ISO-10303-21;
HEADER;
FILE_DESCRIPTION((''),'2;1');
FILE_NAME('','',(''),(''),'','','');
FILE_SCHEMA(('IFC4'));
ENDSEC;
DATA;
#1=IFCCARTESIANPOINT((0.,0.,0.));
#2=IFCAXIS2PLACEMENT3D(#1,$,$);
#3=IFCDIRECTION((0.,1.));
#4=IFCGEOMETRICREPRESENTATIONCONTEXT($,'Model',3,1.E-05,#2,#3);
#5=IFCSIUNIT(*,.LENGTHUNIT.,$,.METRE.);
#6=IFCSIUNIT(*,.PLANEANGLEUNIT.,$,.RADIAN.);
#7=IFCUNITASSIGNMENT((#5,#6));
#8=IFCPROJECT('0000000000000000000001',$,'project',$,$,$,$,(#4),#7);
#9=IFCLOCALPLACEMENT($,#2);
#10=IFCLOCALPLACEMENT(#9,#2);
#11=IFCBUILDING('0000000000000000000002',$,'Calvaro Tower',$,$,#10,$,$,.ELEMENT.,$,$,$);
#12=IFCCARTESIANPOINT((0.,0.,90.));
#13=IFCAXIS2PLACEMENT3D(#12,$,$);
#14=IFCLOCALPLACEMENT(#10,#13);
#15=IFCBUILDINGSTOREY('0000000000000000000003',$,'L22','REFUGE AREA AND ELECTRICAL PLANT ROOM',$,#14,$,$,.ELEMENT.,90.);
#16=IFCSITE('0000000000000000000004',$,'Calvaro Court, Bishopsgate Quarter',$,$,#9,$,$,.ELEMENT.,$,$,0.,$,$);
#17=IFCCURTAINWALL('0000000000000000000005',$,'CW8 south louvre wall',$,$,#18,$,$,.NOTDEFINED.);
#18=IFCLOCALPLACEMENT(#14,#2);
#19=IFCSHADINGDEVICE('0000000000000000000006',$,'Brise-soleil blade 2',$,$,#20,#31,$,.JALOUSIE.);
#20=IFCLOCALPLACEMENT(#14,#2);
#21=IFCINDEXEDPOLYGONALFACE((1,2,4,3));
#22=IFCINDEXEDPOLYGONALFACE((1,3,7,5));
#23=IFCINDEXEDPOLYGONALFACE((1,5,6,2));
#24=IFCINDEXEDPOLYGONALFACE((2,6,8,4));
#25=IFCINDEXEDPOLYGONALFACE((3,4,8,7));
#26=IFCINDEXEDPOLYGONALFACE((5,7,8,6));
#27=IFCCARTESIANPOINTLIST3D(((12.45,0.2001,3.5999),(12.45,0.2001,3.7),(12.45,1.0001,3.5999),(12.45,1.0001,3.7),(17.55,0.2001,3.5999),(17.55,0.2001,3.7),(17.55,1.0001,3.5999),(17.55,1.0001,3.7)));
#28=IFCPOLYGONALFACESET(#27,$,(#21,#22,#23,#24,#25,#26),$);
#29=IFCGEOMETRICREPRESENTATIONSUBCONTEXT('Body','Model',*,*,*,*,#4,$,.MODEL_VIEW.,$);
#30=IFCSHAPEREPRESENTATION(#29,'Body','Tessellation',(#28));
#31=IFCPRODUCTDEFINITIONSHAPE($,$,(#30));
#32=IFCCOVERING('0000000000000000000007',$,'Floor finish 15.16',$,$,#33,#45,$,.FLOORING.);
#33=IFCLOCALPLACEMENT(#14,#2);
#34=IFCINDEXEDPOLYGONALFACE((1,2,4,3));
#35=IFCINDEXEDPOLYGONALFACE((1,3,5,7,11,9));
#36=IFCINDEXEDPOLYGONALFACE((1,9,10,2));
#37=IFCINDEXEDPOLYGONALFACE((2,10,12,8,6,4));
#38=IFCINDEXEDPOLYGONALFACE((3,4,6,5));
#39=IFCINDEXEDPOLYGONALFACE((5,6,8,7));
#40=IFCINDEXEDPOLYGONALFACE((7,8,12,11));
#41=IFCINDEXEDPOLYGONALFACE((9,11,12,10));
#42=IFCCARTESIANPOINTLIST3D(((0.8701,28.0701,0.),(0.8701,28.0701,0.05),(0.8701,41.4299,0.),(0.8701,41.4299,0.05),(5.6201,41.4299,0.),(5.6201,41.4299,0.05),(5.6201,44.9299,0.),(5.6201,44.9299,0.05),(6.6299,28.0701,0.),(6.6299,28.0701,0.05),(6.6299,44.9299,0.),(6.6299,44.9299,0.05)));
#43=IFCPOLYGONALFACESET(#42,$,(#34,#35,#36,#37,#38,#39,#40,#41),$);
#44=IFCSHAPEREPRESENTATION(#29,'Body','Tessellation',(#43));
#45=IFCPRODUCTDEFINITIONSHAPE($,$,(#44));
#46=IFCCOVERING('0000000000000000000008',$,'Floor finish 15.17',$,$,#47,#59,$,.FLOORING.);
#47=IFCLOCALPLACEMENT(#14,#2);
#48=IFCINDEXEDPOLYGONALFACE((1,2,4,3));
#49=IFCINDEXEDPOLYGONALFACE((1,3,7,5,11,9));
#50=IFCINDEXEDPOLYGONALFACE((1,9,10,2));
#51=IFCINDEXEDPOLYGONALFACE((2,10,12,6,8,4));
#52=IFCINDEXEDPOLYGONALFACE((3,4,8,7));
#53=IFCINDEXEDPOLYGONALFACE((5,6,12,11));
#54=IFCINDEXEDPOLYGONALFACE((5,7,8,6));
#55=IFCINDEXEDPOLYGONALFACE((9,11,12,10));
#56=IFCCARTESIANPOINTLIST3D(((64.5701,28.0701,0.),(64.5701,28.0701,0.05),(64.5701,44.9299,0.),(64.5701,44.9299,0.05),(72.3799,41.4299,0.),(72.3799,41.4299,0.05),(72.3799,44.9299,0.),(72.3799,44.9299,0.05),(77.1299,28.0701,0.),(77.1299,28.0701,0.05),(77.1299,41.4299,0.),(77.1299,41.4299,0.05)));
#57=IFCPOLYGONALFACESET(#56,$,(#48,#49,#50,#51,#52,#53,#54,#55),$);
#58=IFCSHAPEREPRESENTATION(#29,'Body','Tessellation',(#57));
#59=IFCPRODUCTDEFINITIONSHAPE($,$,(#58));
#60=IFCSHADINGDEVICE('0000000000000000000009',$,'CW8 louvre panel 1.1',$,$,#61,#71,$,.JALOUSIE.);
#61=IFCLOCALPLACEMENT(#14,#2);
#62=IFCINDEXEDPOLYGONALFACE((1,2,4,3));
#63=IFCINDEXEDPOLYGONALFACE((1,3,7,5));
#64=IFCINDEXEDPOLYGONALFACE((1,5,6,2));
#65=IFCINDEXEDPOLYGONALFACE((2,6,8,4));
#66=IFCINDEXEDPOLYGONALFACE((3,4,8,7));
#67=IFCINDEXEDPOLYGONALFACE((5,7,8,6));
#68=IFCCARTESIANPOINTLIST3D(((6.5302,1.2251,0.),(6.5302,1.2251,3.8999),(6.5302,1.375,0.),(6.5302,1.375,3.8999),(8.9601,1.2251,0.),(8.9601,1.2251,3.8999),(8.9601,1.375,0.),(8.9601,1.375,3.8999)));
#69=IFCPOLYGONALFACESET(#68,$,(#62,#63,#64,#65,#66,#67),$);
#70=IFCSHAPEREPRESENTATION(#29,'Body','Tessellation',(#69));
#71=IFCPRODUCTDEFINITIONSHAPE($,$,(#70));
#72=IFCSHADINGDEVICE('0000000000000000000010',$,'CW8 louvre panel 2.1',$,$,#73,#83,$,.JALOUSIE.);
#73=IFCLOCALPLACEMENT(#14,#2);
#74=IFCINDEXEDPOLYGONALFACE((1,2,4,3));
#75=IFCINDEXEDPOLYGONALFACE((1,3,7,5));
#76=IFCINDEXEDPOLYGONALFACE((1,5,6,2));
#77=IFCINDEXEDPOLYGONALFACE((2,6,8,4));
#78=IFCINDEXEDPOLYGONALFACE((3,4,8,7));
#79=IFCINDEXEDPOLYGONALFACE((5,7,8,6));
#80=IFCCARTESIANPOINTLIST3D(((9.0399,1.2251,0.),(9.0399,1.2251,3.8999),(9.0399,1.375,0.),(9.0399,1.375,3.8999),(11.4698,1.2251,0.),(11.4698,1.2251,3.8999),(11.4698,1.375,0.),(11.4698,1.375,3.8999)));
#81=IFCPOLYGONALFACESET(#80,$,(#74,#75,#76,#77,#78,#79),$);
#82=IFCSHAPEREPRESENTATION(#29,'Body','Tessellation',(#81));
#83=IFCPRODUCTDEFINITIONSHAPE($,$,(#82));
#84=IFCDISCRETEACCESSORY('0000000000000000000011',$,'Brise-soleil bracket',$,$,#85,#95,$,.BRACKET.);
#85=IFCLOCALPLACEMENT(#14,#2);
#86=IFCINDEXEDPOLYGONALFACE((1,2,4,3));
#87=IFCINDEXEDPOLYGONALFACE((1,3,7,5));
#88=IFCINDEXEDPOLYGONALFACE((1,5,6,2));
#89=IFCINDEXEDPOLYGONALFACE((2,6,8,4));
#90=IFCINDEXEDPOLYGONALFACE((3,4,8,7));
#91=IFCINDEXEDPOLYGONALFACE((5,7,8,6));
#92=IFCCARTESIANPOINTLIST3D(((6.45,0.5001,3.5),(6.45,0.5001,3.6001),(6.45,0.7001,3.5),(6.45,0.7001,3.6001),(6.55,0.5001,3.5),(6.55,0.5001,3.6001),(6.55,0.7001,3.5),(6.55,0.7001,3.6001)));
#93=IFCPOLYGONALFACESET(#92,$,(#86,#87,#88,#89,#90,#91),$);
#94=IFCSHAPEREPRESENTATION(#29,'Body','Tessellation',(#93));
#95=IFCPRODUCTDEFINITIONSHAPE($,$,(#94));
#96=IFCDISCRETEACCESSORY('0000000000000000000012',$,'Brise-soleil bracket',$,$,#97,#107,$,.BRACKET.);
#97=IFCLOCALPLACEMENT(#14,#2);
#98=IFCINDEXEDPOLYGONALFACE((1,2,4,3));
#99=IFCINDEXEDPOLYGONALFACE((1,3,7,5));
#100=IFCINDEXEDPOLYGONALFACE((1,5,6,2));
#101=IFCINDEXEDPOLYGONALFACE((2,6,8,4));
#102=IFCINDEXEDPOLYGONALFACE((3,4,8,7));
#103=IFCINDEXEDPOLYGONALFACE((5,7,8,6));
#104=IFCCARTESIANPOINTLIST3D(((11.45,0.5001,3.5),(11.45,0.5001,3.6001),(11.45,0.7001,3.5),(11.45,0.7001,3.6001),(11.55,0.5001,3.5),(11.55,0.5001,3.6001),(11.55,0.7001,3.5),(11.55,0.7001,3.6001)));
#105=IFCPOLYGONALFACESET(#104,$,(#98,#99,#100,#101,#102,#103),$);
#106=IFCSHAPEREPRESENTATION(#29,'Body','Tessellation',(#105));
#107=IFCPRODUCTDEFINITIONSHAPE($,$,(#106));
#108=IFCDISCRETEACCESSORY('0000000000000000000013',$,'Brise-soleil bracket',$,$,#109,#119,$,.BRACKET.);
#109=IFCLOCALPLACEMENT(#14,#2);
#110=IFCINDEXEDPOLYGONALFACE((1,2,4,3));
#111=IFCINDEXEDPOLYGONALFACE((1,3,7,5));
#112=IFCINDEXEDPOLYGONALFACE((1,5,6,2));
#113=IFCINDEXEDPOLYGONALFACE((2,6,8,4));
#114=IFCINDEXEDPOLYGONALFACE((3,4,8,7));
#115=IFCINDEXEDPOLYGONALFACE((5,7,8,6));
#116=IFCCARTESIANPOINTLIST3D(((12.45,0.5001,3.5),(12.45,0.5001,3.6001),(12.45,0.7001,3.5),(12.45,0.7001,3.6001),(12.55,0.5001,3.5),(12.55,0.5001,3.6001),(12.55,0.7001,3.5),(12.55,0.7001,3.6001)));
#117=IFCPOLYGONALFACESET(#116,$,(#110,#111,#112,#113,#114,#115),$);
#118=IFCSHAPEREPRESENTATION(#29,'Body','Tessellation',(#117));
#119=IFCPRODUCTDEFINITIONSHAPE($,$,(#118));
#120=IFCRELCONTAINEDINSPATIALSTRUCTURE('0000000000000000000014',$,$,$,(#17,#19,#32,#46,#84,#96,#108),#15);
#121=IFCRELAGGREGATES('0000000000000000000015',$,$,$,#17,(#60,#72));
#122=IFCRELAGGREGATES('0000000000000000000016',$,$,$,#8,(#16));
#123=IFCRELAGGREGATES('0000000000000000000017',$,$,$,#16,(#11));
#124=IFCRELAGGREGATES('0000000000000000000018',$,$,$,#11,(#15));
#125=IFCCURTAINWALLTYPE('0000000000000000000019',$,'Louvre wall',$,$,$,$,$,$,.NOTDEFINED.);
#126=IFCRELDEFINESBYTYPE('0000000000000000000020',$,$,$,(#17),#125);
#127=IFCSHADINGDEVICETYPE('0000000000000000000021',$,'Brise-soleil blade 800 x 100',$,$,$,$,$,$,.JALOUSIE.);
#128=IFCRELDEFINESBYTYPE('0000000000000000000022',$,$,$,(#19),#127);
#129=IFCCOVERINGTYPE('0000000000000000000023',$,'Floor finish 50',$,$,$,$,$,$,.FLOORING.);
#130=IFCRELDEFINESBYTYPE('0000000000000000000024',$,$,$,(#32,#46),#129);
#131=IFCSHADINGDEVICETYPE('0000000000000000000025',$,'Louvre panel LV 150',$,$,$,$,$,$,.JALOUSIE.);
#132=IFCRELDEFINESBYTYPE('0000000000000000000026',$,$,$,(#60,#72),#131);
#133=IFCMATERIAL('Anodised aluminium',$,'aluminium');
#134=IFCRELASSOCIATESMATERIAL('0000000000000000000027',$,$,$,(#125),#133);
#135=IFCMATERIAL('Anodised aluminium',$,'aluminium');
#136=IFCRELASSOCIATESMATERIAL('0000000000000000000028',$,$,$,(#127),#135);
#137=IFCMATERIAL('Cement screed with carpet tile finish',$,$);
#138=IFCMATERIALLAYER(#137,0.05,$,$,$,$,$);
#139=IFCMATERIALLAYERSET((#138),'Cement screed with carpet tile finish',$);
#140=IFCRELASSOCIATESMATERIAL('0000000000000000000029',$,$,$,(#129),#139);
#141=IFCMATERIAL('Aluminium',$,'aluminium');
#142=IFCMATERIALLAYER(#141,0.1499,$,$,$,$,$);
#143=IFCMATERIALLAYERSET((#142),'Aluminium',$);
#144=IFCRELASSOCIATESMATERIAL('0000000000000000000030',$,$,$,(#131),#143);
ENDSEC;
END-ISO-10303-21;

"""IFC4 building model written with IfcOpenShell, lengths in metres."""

from ifc_helpers import new_model, si_unit, direction, frame, origin, origin_2d, place, context, subcontext, project, spatial, polyline, rectangle, outline, extrude, material, layer, layer_set, material_profile, profile_set, type_object, element, aggregate, save


model = new_model("IFC4")

# Units and contexts
model_context = context("Model", 3, precision=1e-05, world=origin(), true_north=direction((0.0, 1.0)))
body_context = subcontext(model_context, "Body", "Model", "MODEL_VIEW")
ifc_project = project(units=[si_unit("LENGTHUNIT", "METRE"), si_unit("PLANEANGLEUNIT", "RADIAN")], contexts=[model_context])

# Site, building, storey
site_placement = place(None, origin())
site = spatial("IfcSite", under=ifc_project, at=site_placement, Name="Calvaro Court, Bishopsgate Quarter", CompositionType="ELEMENT", RefElevation=0.0)
building_placement = place(site_placement, origin())
building = spatial("IfcBuilding", under=site, at=building_placement, Name="Calvaro Tower", CompositionType="ELEMENT")
storey_placement = place(building_placement, frame((0.0, 0.0, 90.0)))
storey = spatial("IfcBuildingStorey", under=building, at=storey_placement, Name="L22", Description="REFUGE AREA AND ELECTRICAL PLANT ROOM", CompositionType="ELEMENT", Elevation=90.0)

# Curtain wall
ifc_material_1 = material(Name="Anodised aluminium", Category="aluminium")
curtain_wall_type = type_object("IfcCurtainWallType", Name="Louvre wall", PredefinedType="NOTDEFINED", material=ifc_material_1)
curtain_wall_1_placement = place(storey_placement, origin())
curtain_wall_1 = element("IfcCurtainWall", 1, at=curtain_wall_1_placement, inside=storey, type_object=curtain_wall_type, Name="CW8 south louvre wall", PredefinedType="NOTDEFINED")

# Shading device
ifc_material_2 = material(Name="Anodised aluminium", Category="aluminium")
ifc_material_profile_1 = material_profile(ifc_material_2, rectangle(XDim=0.8, YDim=0.1001, at=origin_2d()), Name="Brise-soleil blade 800 x 100")
ifc_profile_set_1 = profile_set([ifc_material_profile_1], Name="Anodised aluminium")
shading_device_type_1 = type_object("IfcShadingDeviceType", Name="Brise-soleil blade 800 x 100", PredefinedType="JALOUSIE", material=ifc_profile_set_1)
for number, where, z_axis, x_axis, name in (
    (2, (12.45, 0.6001, 3.6499), (1.0, 0.0, 0.0), (0.0, 1.0, 0.0), "Brise-soleil blade 2"),
):
    element("IfcShadingDevice", number, at=place(storey_placement, frame(where, z_axis=z_axis, x_axis=x_axis)), inside=storey, type_object=shading_device_type_1, Name=name, PredefinedType="JALOUSIE", context=body_context, shape_type="SweptSolid", body=[
        extrude(rectangle(XDim=0.8, YDim=0.1001, at=origin_2d()), origin(), (0.0, 0.0, 1.0), 5.1001),
    ])

# Coverings
ifc_material_3 = material(Name="Cement screed with carpet tile finish")
ifc_layer_1 = layer(ifc_material_3, 0.05)
ifc_layer_set_1 = layer_set([ifc_layer_1], Name="Cement screed with carpet tile finish")
covering_type = type_object("IfcCoveringType", Name="Floor finish 50", PredefinedType="FLOORING", material=ifc_layer_set_1)
covering_1_placement = place(storey_placement, origin())
element("IfcCovering", 3, at=covering_1_placement, inside=storey, type_object=covering_type, Name="Floor finish 15.16", PredefinedType="FLOORING", context=body_context, shape_type="SweptSolid", body=[
    extrude(outline(polyline([(6.6299, 28.0701), (0.8701, 28.0701), (0.8701, 41.4299), (5.6201, 41.4299), (5.6201, 44.9299), (6.6299, 44.9299), (6.6299, 28.0701)])), origin(), (0.0, 0.0, 1.0), 0.05),
])
covering_2_placement = place(storey_placement, origin())
element("IfcCovering", 4, at=covering_2_placement, inside=storey, type_object=covering_type, Name="Floor finish 15.17", PredefinedType="FLOORING", context=body_context, shape_type="SweptSolid", body=[
    extrude(outline(polyline([(77.1299, 28.0701), (64.5701, 28.0701), (64.5701, 44.9299), (72.3799, 44.9299), (72.3799, 41.4299), (77.1299, 41.4299), (77.1299, 28.0701)])), origin(), (0.0, 0.0, 1.0), 0.05),
])

# Shading devices
ifc_material_4 = material(Name="Aluminium", Category="aluminium")
ifc_layer_2 = layer(ifc_material_4, 0.1499)
ifc_layer_set_2 = layer_set([ifc_layer_2], Name="Aluminium")
shading_device_type_2 = type_object("IfcShadingDeviceType", Name="Louvre panel LV 150", PredefinedType="JALOUSIE", material=ifc_layer_set_2)
shading_device_1_placement = place(storey_placement, frame((7.7451, 1.3, 0.0), z_axis=(0.0, 0.0, 1.0), x_axis=(1.0, 0.0, 0.0)))
shading_device_1 = element("IfcShadingDevice", 5, at=shading_device_1_placement, type_object=shading_device_type_2, Name="CW8 louvre panel 1.1", PredefinedType="JALOUSIE", context=body_context, shape_type="SweptSolid", body=[
    extrude(rectangle(XDim=2.4299, YDim=0.1499, at=origin_2d()), origin(), (0.0, 0.0, 1.0), 3.8999),
])
shading_device_2_placement = place(storey_placement, frame((10.2549, 1.3, 0.0), z_axis=(0.0, 0.0, 1.0), x_axis=(1.0, 0.0, 0.0)))
shading_device_2 = element("IfcShadingDevice", 6, at=shading_device_2_placement, type_object=shading_device_type_2, Name="CW8 louvre panel 2.1", PredefinedType="JALOUSIE", context=body_context, shape_type="SweptSolid", body=[
    extrude(rectangle(XDim=2.4299, YDim=0.1499, at=origin_2d()), origin(), (0.0, 0.0, 1.0), 3.8999),
])
aggregate(curtain_wall_1, [shading_device_1, shading_device_2])

# Discrete accessories
for number, where, z_axis, x_axis, name in (
    (7, (6.5, 0.6001, 3.5), (0.0, 0.0, 1.0), (1.0, 0.0, 0.0), "Brise-soleil bracket"),
    (8, (11.5, 0.6001, 3.5), (0.0, 0.0, 1.0), (1.0, 0.0, 0.0), "Brise-soleil bracket"),
    (9, (12.5, 0.6001, 3.5), (0.0, 0.0, 1.0), (1.0, 0.0, 0.0), "Brise-soleil bracket"),
):
    element("IfcDiscreteAccessory", number, at=place(storey_placement, frame(where, z_axis=z_axis, x_axis=x_axis)), inside=storey, Name=name, PredefinedType="BRACKET", context=body_context, shape_type="SweptSolid", body=[
        extrude(rectangle(XDim=0.1001, YDim=0.2, at=origin_2d()), origin(), (0.0, 0.0, 1.0), 0.1001),
    ])

save(model, "model.ifc")
